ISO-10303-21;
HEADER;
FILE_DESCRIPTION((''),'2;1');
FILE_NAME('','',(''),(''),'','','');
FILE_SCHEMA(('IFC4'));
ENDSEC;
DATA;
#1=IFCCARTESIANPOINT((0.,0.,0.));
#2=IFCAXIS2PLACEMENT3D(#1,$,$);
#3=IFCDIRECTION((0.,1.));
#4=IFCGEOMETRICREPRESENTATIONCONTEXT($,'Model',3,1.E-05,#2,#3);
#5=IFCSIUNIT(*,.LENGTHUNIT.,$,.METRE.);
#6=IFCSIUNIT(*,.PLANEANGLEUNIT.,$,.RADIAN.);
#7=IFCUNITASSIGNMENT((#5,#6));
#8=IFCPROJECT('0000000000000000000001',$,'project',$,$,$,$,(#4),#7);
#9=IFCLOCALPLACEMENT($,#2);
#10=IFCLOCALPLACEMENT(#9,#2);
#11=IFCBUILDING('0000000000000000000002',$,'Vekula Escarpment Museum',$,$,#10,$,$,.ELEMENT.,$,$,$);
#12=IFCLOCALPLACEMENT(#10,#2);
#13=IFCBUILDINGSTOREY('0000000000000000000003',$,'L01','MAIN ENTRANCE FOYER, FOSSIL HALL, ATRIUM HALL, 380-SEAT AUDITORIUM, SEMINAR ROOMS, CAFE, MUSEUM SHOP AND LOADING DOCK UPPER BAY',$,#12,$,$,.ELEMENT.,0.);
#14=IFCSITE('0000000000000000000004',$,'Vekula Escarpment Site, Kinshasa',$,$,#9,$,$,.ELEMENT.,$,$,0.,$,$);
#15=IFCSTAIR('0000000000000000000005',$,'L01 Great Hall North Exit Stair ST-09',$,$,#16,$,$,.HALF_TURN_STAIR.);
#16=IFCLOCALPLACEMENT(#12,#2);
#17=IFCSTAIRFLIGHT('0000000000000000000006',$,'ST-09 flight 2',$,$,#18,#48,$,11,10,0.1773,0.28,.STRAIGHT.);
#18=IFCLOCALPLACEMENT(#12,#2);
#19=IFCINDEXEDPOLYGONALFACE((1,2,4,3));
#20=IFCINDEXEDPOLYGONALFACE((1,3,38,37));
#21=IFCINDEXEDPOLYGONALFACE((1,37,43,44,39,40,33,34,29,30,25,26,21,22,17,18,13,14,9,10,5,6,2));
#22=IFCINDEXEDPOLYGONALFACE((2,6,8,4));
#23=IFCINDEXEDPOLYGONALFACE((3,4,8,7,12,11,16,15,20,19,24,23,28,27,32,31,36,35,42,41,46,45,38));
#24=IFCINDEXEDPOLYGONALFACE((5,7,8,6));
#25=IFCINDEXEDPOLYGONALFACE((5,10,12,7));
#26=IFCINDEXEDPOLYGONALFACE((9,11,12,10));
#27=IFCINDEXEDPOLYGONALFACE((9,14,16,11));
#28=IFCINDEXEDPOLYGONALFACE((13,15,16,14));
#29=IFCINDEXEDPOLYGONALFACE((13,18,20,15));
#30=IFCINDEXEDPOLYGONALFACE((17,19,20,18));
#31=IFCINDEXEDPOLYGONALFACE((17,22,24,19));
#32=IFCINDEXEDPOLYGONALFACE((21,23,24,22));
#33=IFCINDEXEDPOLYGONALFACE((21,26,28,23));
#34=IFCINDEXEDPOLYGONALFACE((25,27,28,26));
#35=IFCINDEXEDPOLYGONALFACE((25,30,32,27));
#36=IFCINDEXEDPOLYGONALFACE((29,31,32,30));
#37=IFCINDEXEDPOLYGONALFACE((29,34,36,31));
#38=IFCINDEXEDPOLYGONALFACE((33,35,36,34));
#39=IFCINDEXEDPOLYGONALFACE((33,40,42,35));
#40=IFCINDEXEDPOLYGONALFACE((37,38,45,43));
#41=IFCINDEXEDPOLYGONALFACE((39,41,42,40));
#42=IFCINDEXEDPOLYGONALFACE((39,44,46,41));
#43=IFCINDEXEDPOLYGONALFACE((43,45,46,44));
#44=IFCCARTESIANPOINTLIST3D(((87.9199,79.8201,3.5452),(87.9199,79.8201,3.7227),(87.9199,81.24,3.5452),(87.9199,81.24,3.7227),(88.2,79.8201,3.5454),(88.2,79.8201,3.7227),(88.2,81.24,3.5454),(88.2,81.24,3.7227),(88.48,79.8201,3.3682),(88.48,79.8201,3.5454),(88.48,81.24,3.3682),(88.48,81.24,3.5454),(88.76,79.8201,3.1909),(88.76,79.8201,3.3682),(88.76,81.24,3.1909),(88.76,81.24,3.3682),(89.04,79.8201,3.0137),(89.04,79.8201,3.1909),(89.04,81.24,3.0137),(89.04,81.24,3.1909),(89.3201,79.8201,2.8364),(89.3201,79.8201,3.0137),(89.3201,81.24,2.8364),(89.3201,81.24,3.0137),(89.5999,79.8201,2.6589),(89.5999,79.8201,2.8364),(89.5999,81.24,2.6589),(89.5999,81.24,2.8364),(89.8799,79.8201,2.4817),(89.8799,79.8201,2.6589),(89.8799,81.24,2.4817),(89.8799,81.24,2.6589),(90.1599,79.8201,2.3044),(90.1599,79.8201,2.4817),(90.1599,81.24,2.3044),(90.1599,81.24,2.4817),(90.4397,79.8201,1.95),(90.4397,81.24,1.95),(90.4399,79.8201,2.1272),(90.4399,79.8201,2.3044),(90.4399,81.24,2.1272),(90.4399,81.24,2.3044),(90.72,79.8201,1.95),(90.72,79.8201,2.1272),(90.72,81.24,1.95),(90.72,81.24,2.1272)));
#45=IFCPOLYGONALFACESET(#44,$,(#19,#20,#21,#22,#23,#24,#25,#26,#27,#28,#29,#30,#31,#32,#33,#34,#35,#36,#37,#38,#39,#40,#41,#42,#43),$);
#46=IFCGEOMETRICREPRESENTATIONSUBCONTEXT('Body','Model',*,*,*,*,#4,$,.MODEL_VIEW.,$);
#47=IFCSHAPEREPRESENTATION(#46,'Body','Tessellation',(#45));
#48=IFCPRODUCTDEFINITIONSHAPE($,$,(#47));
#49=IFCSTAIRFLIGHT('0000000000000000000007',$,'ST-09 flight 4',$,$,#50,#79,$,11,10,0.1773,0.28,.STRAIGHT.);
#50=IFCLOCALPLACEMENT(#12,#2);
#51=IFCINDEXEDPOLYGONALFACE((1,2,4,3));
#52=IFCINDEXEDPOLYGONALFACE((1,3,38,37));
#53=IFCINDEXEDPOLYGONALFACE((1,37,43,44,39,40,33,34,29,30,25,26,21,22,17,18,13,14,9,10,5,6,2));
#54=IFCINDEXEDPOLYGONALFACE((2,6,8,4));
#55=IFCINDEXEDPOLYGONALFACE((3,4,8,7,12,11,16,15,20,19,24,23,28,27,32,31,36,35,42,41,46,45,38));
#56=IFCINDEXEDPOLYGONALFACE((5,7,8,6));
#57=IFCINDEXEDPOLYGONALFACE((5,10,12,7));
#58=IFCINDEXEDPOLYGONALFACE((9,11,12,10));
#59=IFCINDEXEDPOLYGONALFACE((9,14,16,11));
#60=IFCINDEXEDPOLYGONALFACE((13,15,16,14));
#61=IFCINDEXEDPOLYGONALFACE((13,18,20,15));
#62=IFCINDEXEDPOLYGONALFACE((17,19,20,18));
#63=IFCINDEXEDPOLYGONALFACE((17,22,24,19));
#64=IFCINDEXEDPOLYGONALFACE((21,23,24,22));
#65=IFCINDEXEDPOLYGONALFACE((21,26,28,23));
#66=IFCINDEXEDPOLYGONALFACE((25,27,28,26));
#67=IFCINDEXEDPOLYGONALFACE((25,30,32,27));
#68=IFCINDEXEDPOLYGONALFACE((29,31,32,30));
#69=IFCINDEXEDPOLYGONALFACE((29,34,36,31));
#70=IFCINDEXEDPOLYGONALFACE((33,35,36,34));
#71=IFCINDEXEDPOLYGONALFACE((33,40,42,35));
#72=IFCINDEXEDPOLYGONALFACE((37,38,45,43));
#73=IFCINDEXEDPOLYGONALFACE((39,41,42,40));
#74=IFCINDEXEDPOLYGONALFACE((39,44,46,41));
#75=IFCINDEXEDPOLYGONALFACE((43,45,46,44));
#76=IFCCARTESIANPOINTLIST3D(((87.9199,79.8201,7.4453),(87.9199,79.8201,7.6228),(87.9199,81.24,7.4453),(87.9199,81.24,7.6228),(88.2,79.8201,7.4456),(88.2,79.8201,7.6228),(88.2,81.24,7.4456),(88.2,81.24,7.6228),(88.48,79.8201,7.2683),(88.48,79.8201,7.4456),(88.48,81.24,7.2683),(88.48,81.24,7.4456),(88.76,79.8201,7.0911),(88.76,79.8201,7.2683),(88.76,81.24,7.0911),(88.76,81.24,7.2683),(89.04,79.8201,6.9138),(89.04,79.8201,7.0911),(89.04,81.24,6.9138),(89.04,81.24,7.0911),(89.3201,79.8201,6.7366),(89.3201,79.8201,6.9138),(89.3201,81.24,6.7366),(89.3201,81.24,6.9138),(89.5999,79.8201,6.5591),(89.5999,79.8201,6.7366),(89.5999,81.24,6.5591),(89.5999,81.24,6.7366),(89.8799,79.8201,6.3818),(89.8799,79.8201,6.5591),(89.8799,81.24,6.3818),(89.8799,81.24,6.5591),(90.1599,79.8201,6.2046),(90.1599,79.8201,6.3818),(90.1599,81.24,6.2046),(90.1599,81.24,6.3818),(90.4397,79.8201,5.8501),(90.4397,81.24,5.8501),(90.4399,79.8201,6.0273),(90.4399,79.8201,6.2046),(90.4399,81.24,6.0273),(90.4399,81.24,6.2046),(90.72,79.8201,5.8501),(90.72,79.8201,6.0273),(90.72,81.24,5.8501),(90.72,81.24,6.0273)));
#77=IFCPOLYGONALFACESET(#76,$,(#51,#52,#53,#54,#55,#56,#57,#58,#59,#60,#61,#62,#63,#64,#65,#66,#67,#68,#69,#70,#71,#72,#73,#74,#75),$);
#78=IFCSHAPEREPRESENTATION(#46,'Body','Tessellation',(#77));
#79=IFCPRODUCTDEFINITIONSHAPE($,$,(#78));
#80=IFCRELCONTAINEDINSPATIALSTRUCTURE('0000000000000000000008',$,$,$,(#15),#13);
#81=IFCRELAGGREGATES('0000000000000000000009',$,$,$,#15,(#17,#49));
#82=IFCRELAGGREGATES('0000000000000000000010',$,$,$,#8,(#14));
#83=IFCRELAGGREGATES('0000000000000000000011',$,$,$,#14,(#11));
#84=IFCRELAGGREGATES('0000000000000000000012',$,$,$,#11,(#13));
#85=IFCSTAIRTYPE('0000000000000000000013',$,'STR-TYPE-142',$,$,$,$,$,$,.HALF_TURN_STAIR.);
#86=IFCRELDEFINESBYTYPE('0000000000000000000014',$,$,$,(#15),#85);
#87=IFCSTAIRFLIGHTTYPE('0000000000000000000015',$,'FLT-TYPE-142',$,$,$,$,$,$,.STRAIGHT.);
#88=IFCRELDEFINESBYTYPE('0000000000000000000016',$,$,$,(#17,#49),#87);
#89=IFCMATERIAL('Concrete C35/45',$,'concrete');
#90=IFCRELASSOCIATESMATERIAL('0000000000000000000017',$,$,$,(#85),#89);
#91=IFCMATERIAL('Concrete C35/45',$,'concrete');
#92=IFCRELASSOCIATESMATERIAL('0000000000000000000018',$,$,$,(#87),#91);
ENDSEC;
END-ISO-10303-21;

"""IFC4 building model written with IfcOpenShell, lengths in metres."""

from ifc_helpers import new_model, si_unit, direction, frame, origin, place, context, subcontext, project, spatial, polyline, outline, extrude, material, type_object, element, aggregate, save


model = new_model("IFC4")

# Units and contexts
model_context = context("Model", 3, precision=1e-05, world=origin(), true_north=direction((0.0, 1.0)))
body_context = subcontext(model_context, "Body", "Model", "MODEL_VIEW")
ifc_project = project(units=[si_unit("LENGTHUNIT", "METRE"), si_unit("PLANEANGLEUNIT", "RADIAN")], contexts=[model_context])

# Site, building, storey
site_placement = place(None, origin())
site = spatial("IfcSite", under=ifc_project, at=site_placement, Name="Vekula Escarpment Site, Kinshasa", CompositionType="ELEMENT", RefElevation=0.0)
building_placement = place(site_placement, origin())
building = spatial("IfcBuilding", under=site, at=building_placement, Name="Vekula Escarpment Museum", CompositionType="ELEMENT")
storey_placement = place(building_placement, origin())
storey = spatial("IfcBuildingStorey", under=building, at=storey_placement, Name="L01", Description="MAIN ENTRANCE FOYER, FOSSIL HALL, ATRIUM HALL, 380-SEAT AUDITORIUM, SEMINAR ROOMS, CAFE, MUSEUM SHOP AND LOADING DOCK UPPER BAY", CompositionType="ELEMENT", Elevation=0.0)

# Stair, stair flights
ifc_material_1 = material(Name="Concrete C35/45", Category="concrete")
stair_type = type_object("IfcStairType", Name="STR-TYPE-142", PredefinedType="HALF_TURN_STAIR", material=ifc_material_1)
stair_placement = place(storey_placement, origin())
stair = element("IfcStair", 1, at=stair_placement, inside=storey, type_object=stair_type, Name="L01 Great Hall North Exit Stair ST-09", PredefinedType="HALF_TURN_STAIR")
ifc_material_2 = material(Name="Concrete C35/45", Category="concrete")
stair_flight_type = type_object("IfcStairFlightType", Name="FLT-TYPE-142", PredefinedType="STRAIGHT", material=ifc_material_2)
stair_flight_1_placement = place(storey_placement, frame((90.72, 80.53, 1.95), z_axis=(0.0, 0.0, 1.0), x_axis=(-1.0, 0.0, 0.0)))
stair_flight_1 = element("IfcStairFlight", 2, at=stair_flight_1_placement, type_object=stair_flight_type, Name="ST-09 flight 2", NumberOfRisers=11, NumberOfTreads=10, PredefinedType="STRAIGHT", RiserHeight=0.1773, TreadLength=0.28, context=body_context, shape_type="SweptSolid", body=[
    extrude(outline(polyline([(0.0, 0.0), (0.0, 0.1772), (0.28, 0.1772), (0.28, 0.3545), (0.5601, 0.3545), (0.5601, 0.5317), (0.8401, 0.5317), (0.8401, 0.709), (1.1201, 0.709), (1.1201, 0.8865), (1.3999, 0.8865), (1.3999, 1.0637), (1.6799, 1.0637), (1.6799, 1.241), (1.96, 1.241), (1.96, 1.4182), (2.24, 1.4182), (2.24, 1.5955), (2.52, 1.5955), (2.52, 1.7727), (2.8, 1.7727), (2.8, 1.95), (2.8, 1.5952), (0.2803, 0.0), (0.0, 0.0)])), frame((0.0, 0.71, 0.0), z_axis=(0.0, -1.0, 0.0), x_axis=(1.0, 0.0, 0.0)), (0.0, 0.0, 1.0), 1.4199),
])
stair_flight_2_placement = place(storey_placement, frame((90.72, 80.53, 5.8501), z_axis=(0.0, 0.0, 1.0), x_axis=(-1.0, 0.0, 0.0)))
stair_flight_2 = element("IfcStairFlight", 3, at=stair_flight_2_placement, type_object=stair_flight_type, Name="ST-09 flight 4", NumberOfRisers=11, NumberOfTreads=10, PredefinedType="STRAIGHT", RiserHeight=0.1773, TreadLength=0.28, context=body_context, shape_type="SweptSolid", body=[
    extrude(outline(polyline([(0.0, 0.0), (0.0, 0.1772), (0.28, 0.1772), (0.28, 0.3545), (0.5601, 0.3545), (0.5601, 0.5317), (0.8401, 0.5317), (0.8401, 0.709), (1.1201, 0.709), (1.1201, 0.8865), (1.3999, 0.8865), (1.3999, 1.0637), (1.6799, 1.0637), (1.6799, 1.241), (1.96, 1.241), (1.96, 1.4182), (2.24, 1.4182), (2.24, 1.5955), (2.52, 1.5955), (2.52, 1.7727), (2.8, 1.7727), (2.8, 1.95), (2.8, 1.5952), (0.2803, 0.0), (0.0, 0.0)])), frame((0.0, 0.71, 0.0), z_axis=(0.0, -1.0, 0.0), x_axis=(1.0, 0.0, 0.0)), (0.0, 0.0, 1.0), 1.4199),
])
aggregate(stair, [stair_flight_1, stair_flight_2])

save(model, "model.ifc")
